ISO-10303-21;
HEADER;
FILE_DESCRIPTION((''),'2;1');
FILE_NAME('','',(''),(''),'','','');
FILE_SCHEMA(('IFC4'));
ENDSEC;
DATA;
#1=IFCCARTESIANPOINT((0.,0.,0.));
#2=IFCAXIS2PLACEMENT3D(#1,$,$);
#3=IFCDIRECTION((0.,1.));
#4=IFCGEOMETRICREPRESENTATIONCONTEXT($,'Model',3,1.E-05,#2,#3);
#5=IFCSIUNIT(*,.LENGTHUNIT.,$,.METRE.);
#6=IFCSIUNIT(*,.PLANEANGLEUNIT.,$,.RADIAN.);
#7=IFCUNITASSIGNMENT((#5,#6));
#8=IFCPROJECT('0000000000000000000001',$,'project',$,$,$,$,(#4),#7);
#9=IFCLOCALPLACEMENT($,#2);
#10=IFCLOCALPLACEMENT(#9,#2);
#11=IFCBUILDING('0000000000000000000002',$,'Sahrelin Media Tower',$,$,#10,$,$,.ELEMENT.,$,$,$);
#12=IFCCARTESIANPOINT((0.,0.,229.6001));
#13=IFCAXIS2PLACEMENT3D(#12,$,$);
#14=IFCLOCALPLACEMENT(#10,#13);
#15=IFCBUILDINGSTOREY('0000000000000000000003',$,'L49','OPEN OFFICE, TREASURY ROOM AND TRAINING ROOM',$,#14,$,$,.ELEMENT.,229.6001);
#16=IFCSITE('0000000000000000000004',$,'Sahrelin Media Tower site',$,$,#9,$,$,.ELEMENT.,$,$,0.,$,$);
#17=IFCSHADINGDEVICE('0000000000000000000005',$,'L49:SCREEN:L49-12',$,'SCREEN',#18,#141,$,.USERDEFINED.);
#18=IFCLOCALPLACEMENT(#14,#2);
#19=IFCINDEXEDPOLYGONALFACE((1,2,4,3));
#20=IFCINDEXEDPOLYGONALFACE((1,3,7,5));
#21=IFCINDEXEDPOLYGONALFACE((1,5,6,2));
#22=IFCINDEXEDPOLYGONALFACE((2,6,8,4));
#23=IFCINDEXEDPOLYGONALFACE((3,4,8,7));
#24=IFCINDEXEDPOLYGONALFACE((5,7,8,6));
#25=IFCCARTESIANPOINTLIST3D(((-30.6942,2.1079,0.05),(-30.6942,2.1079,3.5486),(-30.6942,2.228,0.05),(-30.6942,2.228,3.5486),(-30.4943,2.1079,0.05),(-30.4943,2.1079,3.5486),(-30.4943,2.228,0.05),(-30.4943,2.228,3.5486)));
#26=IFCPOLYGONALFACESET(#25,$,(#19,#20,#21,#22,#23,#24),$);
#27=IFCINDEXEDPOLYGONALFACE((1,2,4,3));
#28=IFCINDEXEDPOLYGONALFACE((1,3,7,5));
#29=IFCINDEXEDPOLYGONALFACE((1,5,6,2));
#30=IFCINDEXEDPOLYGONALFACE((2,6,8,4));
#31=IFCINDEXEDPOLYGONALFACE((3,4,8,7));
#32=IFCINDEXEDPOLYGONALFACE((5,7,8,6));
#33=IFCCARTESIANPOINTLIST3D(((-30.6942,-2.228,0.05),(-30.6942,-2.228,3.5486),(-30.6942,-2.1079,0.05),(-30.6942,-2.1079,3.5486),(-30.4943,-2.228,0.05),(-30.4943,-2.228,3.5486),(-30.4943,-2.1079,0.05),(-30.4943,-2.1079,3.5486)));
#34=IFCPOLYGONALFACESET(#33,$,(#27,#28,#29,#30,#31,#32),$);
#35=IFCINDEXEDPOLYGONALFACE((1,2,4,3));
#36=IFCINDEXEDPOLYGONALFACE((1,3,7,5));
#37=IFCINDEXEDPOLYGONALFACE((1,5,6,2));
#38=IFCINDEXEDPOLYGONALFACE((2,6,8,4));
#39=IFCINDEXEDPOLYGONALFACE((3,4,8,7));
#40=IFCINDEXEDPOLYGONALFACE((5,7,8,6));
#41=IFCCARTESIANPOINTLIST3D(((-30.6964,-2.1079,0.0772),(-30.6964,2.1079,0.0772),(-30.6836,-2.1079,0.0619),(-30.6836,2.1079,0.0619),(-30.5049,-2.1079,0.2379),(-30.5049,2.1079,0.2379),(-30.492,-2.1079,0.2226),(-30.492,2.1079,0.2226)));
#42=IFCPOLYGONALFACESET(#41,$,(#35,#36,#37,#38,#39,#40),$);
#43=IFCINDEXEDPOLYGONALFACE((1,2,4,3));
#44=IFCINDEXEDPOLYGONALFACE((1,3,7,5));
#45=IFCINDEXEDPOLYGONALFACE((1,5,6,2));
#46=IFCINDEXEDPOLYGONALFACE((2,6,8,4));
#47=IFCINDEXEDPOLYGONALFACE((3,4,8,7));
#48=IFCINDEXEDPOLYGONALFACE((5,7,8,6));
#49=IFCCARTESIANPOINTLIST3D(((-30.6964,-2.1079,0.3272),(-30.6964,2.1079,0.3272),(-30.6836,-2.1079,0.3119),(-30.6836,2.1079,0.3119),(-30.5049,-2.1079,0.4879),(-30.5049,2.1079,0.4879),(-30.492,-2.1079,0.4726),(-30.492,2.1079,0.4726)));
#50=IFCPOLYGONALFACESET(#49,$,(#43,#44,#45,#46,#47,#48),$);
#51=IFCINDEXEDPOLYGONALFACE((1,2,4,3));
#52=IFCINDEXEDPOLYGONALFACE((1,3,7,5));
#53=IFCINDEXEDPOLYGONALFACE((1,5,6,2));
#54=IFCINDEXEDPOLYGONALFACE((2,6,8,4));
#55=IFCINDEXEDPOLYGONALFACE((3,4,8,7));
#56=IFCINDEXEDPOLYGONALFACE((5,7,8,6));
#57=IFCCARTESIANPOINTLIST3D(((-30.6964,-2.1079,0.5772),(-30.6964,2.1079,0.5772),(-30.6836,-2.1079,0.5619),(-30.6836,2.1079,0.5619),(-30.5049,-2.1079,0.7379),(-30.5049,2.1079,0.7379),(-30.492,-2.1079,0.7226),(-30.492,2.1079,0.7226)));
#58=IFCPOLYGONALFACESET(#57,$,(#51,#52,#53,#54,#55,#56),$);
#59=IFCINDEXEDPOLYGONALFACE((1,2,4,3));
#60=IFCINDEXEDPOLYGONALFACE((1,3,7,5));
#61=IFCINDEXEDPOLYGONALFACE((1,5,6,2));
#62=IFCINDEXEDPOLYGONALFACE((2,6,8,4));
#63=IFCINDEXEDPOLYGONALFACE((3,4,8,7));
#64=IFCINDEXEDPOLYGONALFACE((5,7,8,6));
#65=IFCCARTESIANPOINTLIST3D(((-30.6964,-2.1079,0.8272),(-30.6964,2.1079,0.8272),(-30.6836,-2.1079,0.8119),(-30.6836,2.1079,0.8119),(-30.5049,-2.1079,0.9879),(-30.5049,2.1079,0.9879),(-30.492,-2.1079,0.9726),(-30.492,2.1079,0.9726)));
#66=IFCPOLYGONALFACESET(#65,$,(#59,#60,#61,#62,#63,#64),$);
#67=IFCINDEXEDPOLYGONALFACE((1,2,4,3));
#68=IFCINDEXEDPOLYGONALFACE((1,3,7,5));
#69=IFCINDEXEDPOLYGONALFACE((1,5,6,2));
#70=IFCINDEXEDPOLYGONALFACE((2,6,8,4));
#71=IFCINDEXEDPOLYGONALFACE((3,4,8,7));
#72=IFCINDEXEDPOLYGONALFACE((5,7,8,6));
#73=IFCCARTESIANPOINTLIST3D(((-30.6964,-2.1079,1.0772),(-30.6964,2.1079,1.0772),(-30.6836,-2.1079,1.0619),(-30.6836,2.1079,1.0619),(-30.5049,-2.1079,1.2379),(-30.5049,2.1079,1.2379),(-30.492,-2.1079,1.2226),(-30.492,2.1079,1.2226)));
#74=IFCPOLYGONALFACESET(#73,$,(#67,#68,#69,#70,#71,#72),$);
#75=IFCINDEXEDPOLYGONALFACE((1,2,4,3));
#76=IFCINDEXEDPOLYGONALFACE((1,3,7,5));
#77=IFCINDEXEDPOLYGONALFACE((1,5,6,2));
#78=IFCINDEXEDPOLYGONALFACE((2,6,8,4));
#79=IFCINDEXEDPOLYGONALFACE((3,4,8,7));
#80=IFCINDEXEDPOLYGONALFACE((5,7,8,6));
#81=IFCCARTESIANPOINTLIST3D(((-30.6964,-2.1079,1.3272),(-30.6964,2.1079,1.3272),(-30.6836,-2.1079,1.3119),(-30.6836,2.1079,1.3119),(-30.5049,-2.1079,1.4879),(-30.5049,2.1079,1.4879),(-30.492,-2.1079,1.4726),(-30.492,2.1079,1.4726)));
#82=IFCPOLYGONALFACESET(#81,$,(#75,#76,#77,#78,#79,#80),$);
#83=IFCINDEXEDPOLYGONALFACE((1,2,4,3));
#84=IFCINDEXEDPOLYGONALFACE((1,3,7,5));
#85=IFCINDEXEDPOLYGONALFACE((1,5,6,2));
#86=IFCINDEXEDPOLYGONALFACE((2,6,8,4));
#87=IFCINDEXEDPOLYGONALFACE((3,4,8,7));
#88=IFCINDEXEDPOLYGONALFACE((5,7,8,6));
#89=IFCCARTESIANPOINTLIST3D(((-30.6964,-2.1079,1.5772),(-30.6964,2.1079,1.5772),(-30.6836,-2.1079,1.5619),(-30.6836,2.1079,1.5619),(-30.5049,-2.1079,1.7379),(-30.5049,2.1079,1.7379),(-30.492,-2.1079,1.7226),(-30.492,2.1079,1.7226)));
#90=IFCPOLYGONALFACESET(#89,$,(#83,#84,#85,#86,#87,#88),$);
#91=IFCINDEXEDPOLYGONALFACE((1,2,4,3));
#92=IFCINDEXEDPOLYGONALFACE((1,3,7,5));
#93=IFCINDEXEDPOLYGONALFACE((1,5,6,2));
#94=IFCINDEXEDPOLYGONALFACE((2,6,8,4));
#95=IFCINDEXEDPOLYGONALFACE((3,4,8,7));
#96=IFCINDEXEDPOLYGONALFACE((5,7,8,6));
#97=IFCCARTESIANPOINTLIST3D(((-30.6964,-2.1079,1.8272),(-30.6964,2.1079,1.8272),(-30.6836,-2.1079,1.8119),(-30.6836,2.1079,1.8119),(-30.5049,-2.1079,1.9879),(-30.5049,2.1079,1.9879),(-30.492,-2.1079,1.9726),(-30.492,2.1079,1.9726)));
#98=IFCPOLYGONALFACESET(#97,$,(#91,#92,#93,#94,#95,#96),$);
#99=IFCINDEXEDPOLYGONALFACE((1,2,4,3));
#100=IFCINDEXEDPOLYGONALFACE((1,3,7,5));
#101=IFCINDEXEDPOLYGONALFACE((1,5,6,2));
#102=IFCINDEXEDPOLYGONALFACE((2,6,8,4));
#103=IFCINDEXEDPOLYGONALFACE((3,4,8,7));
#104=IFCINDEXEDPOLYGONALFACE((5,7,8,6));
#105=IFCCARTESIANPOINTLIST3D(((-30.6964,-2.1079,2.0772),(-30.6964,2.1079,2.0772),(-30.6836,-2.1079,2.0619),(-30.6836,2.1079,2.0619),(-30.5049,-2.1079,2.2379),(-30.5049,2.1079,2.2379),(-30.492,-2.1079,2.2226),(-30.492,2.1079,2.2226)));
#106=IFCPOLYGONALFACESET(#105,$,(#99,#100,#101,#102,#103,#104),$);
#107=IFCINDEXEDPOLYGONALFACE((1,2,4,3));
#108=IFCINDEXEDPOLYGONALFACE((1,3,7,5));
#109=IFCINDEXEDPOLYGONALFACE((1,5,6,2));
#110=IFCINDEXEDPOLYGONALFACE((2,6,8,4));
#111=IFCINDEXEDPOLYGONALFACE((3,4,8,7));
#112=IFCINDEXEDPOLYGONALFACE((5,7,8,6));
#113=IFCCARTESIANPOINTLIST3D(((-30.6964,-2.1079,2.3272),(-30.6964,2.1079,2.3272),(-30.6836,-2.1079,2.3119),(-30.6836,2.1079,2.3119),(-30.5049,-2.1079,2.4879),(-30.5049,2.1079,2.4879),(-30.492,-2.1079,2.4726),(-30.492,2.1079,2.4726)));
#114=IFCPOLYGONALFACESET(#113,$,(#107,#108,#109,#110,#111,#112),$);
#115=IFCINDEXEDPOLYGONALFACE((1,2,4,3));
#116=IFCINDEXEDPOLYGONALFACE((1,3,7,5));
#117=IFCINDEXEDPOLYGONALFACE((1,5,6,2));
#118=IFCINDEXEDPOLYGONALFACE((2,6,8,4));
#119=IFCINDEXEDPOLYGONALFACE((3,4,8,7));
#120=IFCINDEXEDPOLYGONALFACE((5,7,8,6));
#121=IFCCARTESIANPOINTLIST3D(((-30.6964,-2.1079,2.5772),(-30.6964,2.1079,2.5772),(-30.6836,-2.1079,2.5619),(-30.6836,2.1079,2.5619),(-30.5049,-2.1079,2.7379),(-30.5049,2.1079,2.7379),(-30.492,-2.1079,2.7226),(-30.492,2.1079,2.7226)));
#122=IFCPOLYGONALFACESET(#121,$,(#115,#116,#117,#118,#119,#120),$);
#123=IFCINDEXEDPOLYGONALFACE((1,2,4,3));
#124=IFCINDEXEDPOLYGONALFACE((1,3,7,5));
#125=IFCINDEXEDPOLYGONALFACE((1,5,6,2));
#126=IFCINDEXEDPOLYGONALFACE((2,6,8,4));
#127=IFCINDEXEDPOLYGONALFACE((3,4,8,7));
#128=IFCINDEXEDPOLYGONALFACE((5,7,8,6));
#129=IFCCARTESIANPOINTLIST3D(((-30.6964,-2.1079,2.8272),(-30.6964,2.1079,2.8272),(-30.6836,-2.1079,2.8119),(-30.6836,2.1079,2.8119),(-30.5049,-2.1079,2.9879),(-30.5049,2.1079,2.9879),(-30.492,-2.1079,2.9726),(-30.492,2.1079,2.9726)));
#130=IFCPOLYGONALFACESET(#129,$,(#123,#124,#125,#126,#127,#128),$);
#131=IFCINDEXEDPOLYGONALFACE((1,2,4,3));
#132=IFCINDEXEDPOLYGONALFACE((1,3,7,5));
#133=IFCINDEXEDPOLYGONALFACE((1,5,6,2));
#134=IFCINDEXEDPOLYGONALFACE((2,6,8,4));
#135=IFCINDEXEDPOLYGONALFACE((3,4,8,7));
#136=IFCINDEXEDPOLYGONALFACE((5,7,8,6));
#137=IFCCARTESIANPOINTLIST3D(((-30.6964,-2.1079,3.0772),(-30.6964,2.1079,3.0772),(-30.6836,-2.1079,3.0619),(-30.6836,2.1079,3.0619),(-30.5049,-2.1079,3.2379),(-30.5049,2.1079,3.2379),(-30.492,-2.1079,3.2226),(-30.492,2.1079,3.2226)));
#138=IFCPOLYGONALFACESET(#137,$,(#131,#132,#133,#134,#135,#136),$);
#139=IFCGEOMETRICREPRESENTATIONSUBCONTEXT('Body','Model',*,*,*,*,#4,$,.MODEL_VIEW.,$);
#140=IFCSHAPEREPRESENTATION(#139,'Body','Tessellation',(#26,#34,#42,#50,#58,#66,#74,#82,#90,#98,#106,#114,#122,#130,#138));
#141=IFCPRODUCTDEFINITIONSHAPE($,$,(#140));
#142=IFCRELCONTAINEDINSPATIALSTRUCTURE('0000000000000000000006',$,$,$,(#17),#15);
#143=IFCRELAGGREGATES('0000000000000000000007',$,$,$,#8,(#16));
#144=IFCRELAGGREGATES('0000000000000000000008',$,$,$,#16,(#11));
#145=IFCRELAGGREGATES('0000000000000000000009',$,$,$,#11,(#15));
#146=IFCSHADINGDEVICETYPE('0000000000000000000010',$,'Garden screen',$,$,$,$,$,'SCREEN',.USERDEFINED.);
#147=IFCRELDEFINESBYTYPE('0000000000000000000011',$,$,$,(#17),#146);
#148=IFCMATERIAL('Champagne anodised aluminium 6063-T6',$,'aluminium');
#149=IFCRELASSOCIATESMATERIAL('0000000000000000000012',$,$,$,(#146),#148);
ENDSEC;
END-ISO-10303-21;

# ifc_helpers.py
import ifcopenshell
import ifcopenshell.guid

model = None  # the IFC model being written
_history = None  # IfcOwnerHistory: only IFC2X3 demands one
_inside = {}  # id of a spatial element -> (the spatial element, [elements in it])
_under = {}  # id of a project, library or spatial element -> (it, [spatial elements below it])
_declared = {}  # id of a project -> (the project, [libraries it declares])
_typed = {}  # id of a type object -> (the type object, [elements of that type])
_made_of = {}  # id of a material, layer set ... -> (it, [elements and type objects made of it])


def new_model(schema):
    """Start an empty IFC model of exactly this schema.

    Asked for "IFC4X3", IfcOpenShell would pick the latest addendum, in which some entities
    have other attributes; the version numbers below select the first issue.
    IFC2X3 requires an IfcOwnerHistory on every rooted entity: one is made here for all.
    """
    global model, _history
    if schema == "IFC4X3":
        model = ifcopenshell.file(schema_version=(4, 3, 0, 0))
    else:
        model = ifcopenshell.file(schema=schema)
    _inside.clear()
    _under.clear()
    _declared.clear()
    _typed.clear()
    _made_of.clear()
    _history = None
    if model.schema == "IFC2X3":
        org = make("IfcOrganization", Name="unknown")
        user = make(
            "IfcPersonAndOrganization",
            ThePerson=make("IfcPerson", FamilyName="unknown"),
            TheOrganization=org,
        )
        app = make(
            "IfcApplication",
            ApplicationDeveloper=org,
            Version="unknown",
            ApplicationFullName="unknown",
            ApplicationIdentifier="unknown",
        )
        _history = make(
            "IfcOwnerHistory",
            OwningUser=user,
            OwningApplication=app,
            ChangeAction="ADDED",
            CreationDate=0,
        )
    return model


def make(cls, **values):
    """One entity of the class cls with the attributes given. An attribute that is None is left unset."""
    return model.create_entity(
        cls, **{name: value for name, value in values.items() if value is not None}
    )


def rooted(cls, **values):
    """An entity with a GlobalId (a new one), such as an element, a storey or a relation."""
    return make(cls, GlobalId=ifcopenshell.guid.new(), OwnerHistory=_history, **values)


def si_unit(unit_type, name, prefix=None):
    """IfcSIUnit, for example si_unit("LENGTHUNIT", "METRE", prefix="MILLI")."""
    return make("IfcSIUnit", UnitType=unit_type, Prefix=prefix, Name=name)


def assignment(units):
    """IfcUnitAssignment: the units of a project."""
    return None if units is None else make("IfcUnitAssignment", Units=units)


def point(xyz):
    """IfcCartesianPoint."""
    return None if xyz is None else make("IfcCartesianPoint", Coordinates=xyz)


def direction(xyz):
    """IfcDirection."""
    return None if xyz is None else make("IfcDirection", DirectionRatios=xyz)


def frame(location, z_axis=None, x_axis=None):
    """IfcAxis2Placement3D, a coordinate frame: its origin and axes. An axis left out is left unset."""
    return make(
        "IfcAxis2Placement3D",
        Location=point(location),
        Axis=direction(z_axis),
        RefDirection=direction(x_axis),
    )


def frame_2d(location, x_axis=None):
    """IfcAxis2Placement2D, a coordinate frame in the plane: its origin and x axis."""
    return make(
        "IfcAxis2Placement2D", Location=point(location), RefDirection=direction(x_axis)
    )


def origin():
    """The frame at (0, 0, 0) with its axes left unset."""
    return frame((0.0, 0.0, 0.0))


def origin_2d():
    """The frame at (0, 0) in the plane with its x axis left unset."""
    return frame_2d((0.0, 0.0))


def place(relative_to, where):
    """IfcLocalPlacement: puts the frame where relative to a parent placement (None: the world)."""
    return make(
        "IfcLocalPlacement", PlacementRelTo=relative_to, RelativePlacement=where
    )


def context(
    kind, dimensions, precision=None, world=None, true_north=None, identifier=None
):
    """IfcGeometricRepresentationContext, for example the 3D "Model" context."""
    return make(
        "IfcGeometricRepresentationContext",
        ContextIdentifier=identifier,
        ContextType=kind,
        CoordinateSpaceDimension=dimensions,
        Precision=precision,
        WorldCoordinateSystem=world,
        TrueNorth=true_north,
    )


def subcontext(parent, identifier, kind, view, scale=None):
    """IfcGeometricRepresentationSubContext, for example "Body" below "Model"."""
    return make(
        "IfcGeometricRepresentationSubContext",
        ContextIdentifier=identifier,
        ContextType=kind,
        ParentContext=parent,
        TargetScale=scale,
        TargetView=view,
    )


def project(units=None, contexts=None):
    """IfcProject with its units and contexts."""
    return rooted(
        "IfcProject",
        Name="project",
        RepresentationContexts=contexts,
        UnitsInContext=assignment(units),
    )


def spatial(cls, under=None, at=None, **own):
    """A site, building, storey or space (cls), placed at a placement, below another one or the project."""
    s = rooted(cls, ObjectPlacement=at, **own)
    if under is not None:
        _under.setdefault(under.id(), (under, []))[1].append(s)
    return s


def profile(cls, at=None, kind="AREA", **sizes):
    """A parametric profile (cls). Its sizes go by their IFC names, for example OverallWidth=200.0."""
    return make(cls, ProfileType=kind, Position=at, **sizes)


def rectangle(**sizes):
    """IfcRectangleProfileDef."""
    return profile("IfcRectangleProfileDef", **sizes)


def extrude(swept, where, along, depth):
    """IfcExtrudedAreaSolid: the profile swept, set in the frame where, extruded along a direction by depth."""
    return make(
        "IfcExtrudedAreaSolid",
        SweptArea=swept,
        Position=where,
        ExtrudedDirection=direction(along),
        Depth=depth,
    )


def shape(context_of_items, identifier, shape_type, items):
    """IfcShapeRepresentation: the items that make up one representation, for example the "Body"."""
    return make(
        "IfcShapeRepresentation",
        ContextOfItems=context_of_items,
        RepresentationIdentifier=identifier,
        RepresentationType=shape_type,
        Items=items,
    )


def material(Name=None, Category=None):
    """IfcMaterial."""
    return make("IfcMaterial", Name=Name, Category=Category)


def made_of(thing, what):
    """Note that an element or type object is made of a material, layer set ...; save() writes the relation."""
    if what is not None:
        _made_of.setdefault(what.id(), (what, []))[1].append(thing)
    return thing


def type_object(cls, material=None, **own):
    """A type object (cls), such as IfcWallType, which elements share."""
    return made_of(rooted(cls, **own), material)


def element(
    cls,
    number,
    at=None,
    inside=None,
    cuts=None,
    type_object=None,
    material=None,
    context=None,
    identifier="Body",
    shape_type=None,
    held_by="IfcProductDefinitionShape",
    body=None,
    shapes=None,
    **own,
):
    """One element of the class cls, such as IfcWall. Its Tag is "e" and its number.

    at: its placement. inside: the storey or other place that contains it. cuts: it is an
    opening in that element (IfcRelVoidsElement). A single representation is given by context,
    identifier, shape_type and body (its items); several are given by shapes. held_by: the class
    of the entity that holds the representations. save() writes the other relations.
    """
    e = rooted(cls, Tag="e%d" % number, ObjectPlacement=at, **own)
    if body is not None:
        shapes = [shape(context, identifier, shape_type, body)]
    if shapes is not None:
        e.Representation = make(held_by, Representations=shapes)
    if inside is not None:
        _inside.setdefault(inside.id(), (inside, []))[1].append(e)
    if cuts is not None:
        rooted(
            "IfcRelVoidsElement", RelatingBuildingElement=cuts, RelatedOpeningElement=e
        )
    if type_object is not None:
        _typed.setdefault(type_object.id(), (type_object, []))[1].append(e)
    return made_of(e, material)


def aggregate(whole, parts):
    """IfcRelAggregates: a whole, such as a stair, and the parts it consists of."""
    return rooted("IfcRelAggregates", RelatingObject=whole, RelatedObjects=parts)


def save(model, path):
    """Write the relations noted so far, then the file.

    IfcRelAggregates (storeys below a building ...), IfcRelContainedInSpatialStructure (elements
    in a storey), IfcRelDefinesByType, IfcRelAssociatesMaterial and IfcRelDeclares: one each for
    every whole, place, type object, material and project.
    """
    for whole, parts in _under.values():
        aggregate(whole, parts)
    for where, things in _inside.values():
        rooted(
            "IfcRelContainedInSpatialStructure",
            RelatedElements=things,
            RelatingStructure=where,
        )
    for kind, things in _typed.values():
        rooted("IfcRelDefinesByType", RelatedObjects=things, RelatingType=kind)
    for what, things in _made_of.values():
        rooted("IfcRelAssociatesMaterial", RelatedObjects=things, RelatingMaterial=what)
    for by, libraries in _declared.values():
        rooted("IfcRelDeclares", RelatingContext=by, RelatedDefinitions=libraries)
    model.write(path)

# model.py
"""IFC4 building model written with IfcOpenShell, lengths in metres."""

from ifc_helpers import new_model, si_unit, direction, frame, origin, origin_2d, place, context, subcontext, project, spatial, rectangle, extrude, material, type_object, element, save


model = new_model("IFC4")

# Units and contexts
model_context = context("Model", 3, precision=1e-05, world=origin(), true_north=direction((0.0, 1.0)))
body_context = subcontext(model_context, "Body", "Model", "MODEL_VIEW")
ifc_project = project(units=[si_unit("LENGTHUNIT", "METRE"), si_unit("PLANEANGLEUNIT", "RADIAN")], contexts=[model_context])

# Site, building, storey
site_placement = place(None, origin())
site = spatial("IfcSite", under=ifc_project, at=site_placement, Name="Sahrelin Media Tower site", CompositionType="ELEMENT", RefElevation=0.0)
building_placement = place(site_placement, origin())
building = spatial("IfcBuilding", under=site, at=building_placement, Name="Sahrelin Media Tower", CompositionType="ELEMENT")
storey_placement = place(building_placement, frame((0.0, 0.0, 229.6001)))
storey = spatial("IfcBuildingStorey", under=building, at=storey_placement, Name="L49", Description="OPEN OFFICE, TREASURY ROOM AND TRAINING ROOM", CompositionType="ELEMENT", Elevation=229.6001)

# Shading device
ifc_material_1 = material(Name="Champagne anodised aluminium 6063-T6", Category="aluminium")
shading_device_type = type_object("IfcShadingDeviceType", Name="Garden screen", ElementType="SCREEN", PredefinedType="USERDEFINED", material=ifc_material_1)
shading_device_1_placement = place(storey_placement, frame((-30.4941, 0.0, 0.0), z_axis=(0.0, 0.0, 1.0), x_axis=(0.0, 1.0, 0.0)))
element("IfcShadingDevice", 1, at=shading_device_1_placement, inside=storey, type_object=shading_device_type, Name="L49:SCREEN:L49-12", ObjectType="SCREEN", PredefinedType="USERDEFINED", context=body_context, shape_type="SweptSolid", body=[
    extrude(rectangle(XDim=0.1201, YDim=0.2, at=origin_2d()), frame((2.168, 0.1001, 0.05), z_axis=(0.0, 0.0, 1.0), x_axis=(1.0, 0.0, 0.0)), (0.0, 0.0, 1.0), 3.4985),
    extrude(rectangle(XDim=0.1201, YDim=0.2, at=origin_2d()), frame((-2.168, 0.1001, 0.05), z_axis=(0.0, 0.0, 1.0), x_axis=(1.0, 0.0, 0.0)), (0.0, 0.0, 1.0), 3.4985),
    extrude(rectangle(XDim=0.25, YDim=0.02, at=origin_2d()), frame((2.1079, 0.1001, 0.1499), z_axis=(-1.0, 0.0, 0.0), x_axis=(0.0, -0.766044, 0.642788)), (0.0, 0.0, 1.0), 4.2158),
    extrude(rectangle(XDim=0.25, YDim=0.02, at=origin_2d()), frame((2.1079, 0.1001, 0.3999), z_axis=(-1.0, 0.0, 0.0), x_axis=(0.0, -0.766044, 0.642788)), (0.0, 0.0, 1.0), 4.2158),
    extrude(rectangle(XDim=0.25, YDim=0.02, at=origin_2d()), frame((2.1079, 0.1001, 0.6499), z_axis=(-1.0, 0.0, 0.0), x_axis=(0.0, -0.766044, 0.642788)), (0.0, 0.0, 1.0), 4.2158),
    extrude(rectangle(XDim=0.25, YDim=0.02, at=origin_2d()), frame((2.1079, 0.1001, 0.8999), z_axis=(-1.0, 0.0, 0.0), x_axis=(0.0, -0.766044, 0.642788)), (0.0, 0.0, 1.0), 4.2158),
    extrude(rectangle(XDim=0.25, YDim=0.02, at=origin_2d()), frame((2.1079, 0.1001, 1.1499), z_axis=(-1.0, 0.0, 0.0), x_axis=(0.0, -0.766044, 0.642788)), (0.0, 0.0, 1.0), 4.2158),
    extrude(rectangle(XDim=0.25, YDim=0.02, at=origin_2d()), frame((2.1079, 0.1001, 1.3999), z_axis=(-1.0, 0.0, 0.0), x_axis=(0.0, -0.766044, 0.642788)), (0.0, 0.0, 1.0), 4.2158),
    extrude(rectangle(XDim=0.25, YDim=0.02, at=origin_2d()), frame((2.1079, 0.1001, 1.6499), z_axis=(-1.0, 0.0, 0.0), x_axis=(0.0, -0.766044, 0.642788)), (0.0, 0.0, 1.0), 4.2158),
    extrude(rectangle(XDim=0.25, YDim=0.02, at=origin_2d()), frame((2.1079, 0.1001, 1.8999), z_axis=(-1.0, 0.0, 0.0), x_axis=(0.0, -0.766044, 0.642788)), (0.0, 0.0, 1.0), 4.2158),
    extrude(rectangle(XDim=0.25, YDim=0.02, at=origin_2d()), frame((2.1079, 0.1001, 2.1499), z_axis=(-1.0, 0.0, 0.0), x_axis=(0.0, -0.766044, 0.642788)), (0.0, 0.0, 1.0), 4.2158),
    extrude(rectangle(XDim=0.25, YDim=0.02, at=origin_2d()), frame((2.1079, 0.1001, 2.3999), z_axis=(-1.0, 0.0, 0.0), x_axis=(0.0, -0.766044, 0.642788)), (0.0, 0.0, 1.0), 4.2158),
    extrude(rectangle(XDim=0.25, YDim=0.02, at=origin_2d()), frame((2.1079, 0.1001, 2.6499), z_axis=(-1.0, 0.0, 0.0), x_axis=(0.0, -0.766044, 0.642788)), (0.0, 0.0, 1.0), 4.2158),
    extrude(rectangle(XDim=0.25, YDim=0.02, at=origin_2d()), frame((2.1079, 0.1001, 2.8999), z_axis=(-1.0, 0.0, 0.0), x_axis=(0.0, -0.766044, 0.642788)), (0.0, 0.0, 1.0), 4.2158),
    extrude(rectangle(XDim=0.25, YDim=0.02, at=origin_2d()), frame((2.1079, 0.1001, 3.1499), z_axis=(-1.0, 0.0, 0.0), x_axis=(0.0, -0.766044, 0.642788)), (0.0, 0.0, 1.0), 4.2158),
])

save(model, "model.ifc")
